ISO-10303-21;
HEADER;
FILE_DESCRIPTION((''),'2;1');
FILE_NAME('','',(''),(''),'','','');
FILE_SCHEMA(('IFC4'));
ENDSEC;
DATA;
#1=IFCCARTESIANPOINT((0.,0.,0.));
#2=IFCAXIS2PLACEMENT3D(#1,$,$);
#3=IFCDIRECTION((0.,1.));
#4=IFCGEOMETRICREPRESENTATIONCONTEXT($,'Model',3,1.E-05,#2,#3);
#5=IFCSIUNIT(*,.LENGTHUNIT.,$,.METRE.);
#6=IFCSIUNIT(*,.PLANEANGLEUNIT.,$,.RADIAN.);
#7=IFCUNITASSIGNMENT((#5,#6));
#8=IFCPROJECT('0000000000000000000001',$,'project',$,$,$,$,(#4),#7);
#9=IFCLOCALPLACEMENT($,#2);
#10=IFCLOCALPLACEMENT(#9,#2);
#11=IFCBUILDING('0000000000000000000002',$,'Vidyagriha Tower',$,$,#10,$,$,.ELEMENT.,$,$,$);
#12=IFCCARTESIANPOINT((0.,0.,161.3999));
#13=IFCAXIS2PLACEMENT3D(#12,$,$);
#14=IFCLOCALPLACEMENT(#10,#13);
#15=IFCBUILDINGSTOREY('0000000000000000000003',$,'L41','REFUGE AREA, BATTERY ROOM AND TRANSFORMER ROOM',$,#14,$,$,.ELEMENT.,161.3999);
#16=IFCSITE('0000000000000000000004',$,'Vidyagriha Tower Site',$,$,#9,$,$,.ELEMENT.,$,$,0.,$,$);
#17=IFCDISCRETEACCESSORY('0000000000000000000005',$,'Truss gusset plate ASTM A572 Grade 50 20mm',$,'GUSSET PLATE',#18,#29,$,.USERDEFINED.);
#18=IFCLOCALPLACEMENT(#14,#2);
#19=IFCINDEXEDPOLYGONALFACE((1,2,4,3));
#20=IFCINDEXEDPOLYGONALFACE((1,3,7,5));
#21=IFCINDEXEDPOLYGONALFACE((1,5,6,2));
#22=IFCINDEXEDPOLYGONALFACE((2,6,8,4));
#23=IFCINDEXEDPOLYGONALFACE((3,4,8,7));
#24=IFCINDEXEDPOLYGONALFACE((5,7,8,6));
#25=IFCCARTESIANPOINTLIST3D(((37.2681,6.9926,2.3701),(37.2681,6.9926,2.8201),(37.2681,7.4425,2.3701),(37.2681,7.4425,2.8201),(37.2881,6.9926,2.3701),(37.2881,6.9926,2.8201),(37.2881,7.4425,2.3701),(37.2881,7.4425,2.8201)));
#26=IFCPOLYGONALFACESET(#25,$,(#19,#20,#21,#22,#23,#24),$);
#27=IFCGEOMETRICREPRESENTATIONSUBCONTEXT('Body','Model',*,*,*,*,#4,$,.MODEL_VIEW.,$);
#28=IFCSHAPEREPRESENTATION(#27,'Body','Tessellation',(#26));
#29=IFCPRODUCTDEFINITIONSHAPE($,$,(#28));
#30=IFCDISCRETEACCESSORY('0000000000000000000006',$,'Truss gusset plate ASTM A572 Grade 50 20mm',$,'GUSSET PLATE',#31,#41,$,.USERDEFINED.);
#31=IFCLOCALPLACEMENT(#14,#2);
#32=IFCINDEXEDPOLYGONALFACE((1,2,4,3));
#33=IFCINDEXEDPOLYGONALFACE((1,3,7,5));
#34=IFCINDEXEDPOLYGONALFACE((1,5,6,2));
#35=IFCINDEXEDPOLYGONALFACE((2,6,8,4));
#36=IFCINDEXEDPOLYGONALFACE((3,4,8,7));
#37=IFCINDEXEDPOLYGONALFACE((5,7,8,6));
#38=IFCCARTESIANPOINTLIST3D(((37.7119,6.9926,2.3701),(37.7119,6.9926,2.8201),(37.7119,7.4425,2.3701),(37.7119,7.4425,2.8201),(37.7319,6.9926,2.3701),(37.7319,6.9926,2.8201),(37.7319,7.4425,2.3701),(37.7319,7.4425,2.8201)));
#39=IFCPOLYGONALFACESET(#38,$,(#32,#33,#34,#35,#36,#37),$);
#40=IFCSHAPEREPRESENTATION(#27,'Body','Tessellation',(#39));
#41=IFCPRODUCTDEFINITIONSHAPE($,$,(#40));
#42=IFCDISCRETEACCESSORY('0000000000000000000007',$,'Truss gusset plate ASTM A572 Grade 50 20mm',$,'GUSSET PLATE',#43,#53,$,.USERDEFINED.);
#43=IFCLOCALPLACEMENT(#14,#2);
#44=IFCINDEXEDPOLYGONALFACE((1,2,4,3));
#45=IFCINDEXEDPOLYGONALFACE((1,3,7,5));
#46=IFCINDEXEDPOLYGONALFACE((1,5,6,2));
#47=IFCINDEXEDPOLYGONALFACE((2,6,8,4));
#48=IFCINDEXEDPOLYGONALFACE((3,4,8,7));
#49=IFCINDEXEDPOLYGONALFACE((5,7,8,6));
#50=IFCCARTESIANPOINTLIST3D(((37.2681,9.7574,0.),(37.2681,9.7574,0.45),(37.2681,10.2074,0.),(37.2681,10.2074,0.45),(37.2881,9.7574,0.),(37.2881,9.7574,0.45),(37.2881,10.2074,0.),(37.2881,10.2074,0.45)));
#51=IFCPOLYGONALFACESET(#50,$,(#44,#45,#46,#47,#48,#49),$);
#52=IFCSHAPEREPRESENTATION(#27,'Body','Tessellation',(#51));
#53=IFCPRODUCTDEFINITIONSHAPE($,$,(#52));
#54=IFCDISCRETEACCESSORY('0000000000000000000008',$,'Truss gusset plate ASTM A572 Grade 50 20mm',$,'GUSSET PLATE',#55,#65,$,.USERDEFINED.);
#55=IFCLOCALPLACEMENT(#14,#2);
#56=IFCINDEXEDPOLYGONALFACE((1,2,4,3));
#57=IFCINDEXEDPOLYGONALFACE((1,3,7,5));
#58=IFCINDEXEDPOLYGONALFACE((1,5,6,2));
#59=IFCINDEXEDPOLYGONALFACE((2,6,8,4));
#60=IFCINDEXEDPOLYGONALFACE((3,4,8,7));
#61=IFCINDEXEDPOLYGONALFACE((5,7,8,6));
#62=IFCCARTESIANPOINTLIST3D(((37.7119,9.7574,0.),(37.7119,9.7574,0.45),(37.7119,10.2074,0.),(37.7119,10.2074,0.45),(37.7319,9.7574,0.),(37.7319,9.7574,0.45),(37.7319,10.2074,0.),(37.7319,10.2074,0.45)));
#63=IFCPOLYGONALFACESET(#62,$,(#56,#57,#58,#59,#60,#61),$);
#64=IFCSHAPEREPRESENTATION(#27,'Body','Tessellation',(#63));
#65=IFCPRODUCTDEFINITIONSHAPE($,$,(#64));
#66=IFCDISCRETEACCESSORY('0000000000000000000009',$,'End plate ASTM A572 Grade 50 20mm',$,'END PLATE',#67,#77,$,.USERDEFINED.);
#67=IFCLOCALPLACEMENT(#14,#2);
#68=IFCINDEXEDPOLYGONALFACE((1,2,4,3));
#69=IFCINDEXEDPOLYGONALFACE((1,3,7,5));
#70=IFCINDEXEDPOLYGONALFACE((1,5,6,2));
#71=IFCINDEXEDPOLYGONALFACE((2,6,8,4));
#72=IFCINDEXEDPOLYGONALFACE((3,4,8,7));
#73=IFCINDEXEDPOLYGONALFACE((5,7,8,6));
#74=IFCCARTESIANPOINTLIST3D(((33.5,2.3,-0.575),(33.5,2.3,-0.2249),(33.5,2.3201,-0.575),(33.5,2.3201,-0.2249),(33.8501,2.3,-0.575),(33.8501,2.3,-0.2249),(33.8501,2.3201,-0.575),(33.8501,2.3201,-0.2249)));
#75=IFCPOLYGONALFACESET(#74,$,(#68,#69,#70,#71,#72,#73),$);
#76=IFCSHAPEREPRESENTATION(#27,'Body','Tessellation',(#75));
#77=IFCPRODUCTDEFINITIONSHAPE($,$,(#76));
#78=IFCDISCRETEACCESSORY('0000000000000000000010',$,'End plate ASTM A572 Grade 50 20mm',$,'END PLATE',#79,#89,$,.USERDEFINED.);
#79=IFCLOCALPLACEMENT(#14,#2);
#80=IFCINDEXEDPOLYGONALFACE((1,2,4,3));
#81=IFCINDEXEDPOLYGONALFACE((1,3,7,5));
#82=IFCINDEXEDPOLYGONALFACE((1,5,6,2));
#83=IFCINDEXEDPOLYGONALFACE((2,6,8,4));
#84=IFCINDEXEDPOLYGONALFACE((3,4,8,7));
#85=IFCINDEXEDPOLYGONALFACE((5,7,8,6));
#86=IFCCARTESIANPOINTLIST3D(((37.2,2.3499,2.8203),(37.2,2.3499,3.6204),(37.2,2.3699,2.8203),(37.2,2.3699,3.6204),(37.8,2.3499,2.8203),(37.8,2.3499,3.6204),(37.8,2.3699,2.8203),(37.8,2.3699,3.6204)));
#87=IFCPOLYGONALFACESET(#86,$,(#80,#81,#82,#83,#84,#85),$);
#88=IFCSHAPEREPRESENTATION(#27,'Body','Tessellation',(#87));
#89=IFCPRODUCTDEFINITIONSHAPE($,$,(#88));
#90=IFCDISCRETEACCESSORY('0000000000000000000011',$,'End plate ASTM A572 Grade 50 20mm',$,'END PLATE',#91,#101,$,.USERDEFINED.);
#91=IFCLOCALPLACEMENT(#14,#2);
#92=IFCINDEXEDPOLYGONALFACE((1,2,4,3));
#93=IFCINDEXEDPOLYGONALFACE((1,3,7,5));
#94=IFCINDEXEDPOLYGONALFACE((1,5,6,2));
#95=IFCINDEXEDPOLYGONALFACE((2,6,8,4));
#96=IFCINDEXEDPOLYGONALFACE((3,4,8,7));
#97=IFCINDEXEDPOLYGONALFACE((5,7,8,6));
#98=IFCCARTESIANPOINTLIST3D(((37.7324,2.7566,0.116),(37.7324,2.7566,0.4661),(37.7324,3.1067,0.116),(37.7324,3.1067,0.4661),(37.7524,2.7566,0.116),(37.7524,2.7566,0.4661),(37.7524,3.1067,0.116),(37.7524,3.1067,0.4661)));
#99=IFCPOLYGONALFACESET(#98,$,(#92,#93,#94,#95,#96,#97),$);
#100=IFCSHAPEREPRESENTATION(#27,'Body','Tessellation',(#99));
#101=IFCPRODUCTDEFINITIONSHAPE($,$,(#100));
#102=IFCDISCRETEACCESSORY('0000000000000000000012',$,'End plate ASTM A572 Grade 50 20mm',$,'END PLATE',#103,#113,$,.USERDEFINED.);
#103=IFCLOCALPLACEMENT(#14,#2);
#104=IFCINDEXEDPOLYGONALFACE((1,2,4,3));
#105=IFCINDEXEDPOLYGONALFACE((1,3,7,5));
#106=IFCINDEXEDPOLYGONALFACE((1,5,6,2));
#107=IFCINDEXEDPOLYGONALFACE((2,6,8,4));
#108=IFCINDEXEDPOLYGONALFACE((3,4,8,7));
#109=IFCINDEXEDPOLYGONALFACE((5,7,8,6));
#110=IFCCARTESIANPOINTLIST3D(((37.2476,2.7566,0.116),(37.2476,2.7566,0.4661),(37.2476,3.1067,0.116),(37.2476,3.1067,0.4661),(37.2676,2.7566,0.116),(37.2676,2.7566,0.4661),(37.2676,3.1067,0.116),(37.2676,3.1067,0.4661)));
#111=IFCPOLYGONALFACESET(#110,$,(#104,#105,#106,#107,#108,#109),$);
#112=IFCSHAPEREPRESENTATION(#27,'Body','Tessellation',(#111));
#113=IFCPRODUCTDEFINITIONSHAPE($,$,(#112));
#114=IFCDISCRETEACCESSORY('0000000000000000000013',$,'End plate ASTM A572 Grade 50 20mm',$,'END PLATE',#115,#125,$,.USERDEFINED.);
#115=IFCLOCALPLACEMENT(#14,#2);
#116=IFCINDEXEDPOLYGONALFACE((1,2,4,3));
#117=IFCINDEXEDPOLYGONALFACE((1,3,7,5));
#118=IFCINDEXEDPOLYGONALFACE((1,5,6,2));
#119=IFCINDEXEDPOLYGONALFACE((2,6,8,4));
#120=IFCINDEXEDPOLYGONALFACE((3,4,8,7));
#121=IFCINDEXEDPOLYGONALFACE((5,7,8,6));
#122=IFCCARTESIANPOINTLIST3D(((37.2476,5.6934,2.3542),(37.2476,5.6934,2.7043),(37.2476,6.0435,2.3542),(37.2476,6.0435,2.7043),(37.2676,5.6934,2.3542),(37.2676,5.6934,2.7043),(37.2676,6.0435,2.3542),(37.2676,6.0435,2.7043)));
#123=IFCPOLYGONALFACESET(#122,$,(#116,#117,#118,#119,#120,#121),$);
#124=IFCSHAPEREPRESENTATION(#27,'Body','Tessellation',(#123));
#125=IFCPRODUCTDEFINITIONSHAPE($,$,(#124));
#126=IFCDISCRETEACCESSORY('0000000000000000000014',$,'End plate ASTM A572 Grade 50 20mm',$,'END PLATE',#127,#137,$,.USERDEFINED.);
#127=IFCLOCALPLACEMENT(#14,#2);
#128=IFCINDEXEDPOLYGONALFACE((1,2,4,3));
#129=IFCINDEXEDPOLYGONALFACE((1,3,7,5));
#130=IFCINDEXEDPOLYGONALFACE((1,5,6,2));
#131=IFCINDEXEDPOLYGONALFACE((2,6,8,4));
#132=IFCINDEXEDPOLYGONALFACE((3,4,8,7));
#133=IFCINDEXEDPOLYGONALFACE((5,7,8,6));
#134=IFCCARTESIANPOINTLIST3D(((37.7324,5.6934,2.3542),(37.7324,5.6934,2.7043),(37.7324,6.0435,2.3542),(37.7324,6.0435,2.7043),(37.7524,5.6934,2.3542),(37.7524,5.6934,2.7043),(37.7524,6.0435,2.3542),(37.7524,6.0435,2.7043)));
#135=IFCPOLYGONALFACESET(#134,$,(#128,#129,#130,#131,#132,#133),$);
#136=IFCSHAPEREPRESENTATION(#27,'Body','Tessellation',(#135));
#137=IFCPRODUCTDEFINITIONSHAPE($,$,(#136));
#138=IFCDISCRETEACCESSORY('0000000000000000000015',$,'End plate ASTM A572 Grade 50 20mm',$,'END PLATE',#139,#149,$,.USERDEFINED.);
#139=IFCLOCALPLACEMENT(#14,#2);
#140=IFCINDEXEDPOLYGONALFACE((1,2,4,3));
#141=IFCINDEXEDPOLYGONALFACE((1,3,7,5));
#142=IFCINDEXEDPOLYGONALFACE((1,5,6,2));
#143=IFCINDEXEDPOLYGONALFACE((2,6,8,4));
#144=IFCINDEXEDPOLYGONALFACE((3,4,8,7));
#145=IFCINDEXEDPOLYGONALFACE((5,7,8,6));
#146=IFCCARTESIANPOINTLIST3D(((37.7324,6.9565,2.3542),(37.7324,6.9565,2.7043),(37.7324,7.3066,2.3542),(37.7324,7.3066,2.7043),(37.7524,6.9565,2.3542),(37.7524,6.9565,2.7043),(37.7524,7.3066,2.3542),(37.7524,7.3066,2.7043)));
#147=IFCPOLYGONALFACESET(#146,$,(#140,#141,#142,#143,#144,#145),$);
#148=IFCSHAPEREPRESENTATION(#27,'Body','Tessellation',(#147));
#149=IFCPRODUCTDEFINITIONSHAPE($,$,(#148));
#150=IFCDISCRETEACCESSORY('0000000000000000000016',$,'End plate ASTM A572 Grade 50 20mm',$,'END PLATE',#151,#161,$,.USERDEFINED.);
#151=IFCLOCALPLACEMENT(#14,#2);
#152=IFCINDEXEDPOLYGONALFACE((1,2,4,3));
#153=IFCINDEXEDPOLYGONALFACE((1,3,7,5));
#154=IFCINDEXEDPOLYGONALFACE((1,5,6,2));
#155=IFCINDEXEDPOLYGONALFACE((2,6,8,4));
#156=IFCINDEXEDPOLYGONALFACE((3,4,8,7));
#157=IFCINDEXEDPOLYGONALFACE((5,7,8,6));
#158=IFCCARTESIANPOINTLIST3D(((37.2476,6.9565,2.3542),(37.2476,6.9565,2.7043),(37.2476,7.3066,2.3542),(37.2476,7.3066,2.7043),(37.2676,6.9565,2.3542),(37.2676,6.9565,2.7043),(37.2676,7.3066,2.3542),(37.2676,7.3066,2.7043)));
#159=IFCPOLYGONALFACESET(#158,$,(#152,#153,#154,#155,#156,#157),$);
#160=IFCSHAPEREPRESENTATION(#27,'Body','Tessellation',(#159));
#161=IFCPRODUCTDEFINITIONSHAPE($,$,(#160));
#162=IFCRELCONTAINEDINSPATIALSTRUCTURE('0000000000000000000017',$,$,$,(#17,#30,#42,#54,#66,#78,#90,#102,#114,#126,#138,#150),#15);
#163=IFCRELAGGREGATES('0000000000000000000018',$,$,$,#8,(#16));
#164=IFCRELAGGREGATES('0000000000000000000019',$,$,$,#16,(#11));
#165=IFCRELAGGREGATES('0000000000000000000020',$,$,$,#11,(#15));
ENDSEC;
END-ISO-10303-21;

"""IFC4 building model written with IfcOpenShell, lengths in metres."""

from ifc_helpers import new_model, si_unit, direction, frame, origin, origin_2d, place, context, subcontext, project, spatial, rectangle, extrude, element, save


model = new_model("IFC4")

# Units and contexts
model_context = context("Model", 3, precision=1e-05, world=origin(), true_north=direction((0.0, 1.0)))
body_context = subcontext(model_context, "Body", "Model", "MODEL_VIEW")
ifc_project = project(units=[si_unit("LENGTHUNIT", "METRE"), si_unit("PLANEANGLEUNIT", "RADIAN")], contexts=[model_context])

# Site, building, storey
site_placement = place(None, origin())
site = spatial("IfcSite", under=ifc_project, at=site_placement, Name="Vidyagriha Tower Site", CompositionType="ELEMENT", RefElevation=0.0)
building_placement = place(site_placement, origin())
building = spatial("IfcBuilding", under=site, at=building_placement, Name="Vidyagriha Tower", CompositionType="ELEMENT")
storey_placement = place(building_placement, frame((0.0, 0.0, 161.3999)))
storey = spatial("IfcBuildingStorey", under=building, at=storey_placement, Name="L41", Description="REFUGE AREA, BATTERY ROOM AND TRANSFORMER ROOM", CompositionType="ELEMENT", Elevation=161.3999)

# Discrete accessories
for number, where, z_axis, x_axis, name in (
    (1, (37.2781, 7.2175, 2.3701), (0.0, 0.0, 1.0), (0.0, 1.0, 0.0), "Truss gusset plate ASTM A572 Grade 50 20mm"),
    (2, (37.7219, 7.2175, 2.3701), (0.0, 0.0, 1.0), (0.0, 1.0, 0.0), "Truss gusset plate ASTM A572 Grade 50 20mm"),
    (3, (37.2781, 9.9824, 0.0), (0.0, 0.0, 1.0), (0.0, 1.0, 0.0), "Truss gusset plate ASTM A572 Grade 50 20mm"),
    (4, (37.7219, 9.9824, 0.0), (0.0, 0.0, 1.0), (0.0, 1.0, 0.0), "Truss gusset plate ASTM A572 Grade 50 20mm"),
):
    element("IfcDiscreteAccessory", number, at=place(storey_placement, frame(where, z_axis=z_axis, x_axis=x_axis)), inside=storey, Name=name, ObjectType="GUSSET PLATE", PredefinedType="USERDEFINED", context=body_context, shape_type="SweptSolid", body=[
        extrude(rectangle(XDim=0.45, YDim=0.02, at=origin_2d()), origin(), (0.0, 0.0, 1.0), 0.45),
    ])
discrete_accessory_1_placement = place(storey_placement, frame((33.675, 2.3101, -0.575), z_axis=(0.0, 0.0, 1.0), x_axis=(-1.0, 0.0, 0.0)))
element("IfcDiscreteAccessory", 5, at=discrete_accessory_1_placement, inside=storey, Name="End plate ASTM A572 Grade 50 20mm", ObjectType="END PLATE", PredefinedType="USERDEFINED", context=body_context, shape_type="SweptSolid", body=[
    extrude(rectangle(XDim=0.3501, YDim=0.02, at=origin_2d()), origin(), (0.0, 0.0, 1.0), 0.3501),
])
discrete_accessory_2_placement = place(storey_placement, frame((37.5, 2.3599, 2.8203), z_axis=(0.0, 0.0, 1.0), x_axis=(0.0, -1.0, 0.0)))
element("IfcDiscreteAccessory", 6, at=discrete_accessory_2_placement, inside=storey, Name="End plate ASTM A572 Grade 50 20mm", ObjectType="END PLATE", PredefinedType="USERDEFINED", context=body_context, shape_type="SweptSolid", body=[
    extrude(rectangle(XDim=0.02, YDim=0.6001, at=origin_2d()), origin(), (0.0, 0.0, 1.0), 0.8),
])
for number, where, z_axis, x_axis, name in (
    (7, (37.7424, 2.9316, 0.116), (0.0, 0.0, 1.0), (0.0, -1.0, 0.0), "End plate ASTM A572 Grade 50 20mm"),
    (8, (37.2576, 2.9316, 0.116), (0.0, 0.0, 1.0), (0.0, -1.0, 0.0), "End plate ASTM A572 Grade 50 20mm"),
    (9, (37.2576, 5.8684, 2.3542), (0.0, 0.0, 1.0), (0.0, 1.0, 0.0), "End plate ASTM A572 Grade 50 20mm"),
    (10, (37.7424, 5.8684, 2.3542), (0.0, 0.0, 1.0), (0.0, 1.0, 0.0), "End plate ASTM A572 Grade 50 20mm"),
    (11, (37.7424, 7.1316, 2.3542), (0.0, 0.0, 1.0), (0.0, -1.0, 0.0), "End plate ASTM A572 Grade 50 20mm"),
    (12, (37.2576, 7.1316, 2.3542), (0.0, 0.0, 1.0), (0.0, -1.0, 0.0), "End plate ASTM A572 Grade 50 20mm"),
):
    element("IfcDiscreteAccessory", number, at=place(storey_placement, frame(where, z_axis=z_axis, x_axis=x_axis)), inside=storey, Name=name, ObjectType="END PLATE", PredefinedType="USERDEFINED", context=body_context, shape_type="SweptSolid", body=[
        extrude(rectangle(XDim=0.3501, YDim=0.02, at=origin_2d()), origin(), (0.0, 0.0, 1.0), 0.3501),
    ])

save(model, "model.ifc")
